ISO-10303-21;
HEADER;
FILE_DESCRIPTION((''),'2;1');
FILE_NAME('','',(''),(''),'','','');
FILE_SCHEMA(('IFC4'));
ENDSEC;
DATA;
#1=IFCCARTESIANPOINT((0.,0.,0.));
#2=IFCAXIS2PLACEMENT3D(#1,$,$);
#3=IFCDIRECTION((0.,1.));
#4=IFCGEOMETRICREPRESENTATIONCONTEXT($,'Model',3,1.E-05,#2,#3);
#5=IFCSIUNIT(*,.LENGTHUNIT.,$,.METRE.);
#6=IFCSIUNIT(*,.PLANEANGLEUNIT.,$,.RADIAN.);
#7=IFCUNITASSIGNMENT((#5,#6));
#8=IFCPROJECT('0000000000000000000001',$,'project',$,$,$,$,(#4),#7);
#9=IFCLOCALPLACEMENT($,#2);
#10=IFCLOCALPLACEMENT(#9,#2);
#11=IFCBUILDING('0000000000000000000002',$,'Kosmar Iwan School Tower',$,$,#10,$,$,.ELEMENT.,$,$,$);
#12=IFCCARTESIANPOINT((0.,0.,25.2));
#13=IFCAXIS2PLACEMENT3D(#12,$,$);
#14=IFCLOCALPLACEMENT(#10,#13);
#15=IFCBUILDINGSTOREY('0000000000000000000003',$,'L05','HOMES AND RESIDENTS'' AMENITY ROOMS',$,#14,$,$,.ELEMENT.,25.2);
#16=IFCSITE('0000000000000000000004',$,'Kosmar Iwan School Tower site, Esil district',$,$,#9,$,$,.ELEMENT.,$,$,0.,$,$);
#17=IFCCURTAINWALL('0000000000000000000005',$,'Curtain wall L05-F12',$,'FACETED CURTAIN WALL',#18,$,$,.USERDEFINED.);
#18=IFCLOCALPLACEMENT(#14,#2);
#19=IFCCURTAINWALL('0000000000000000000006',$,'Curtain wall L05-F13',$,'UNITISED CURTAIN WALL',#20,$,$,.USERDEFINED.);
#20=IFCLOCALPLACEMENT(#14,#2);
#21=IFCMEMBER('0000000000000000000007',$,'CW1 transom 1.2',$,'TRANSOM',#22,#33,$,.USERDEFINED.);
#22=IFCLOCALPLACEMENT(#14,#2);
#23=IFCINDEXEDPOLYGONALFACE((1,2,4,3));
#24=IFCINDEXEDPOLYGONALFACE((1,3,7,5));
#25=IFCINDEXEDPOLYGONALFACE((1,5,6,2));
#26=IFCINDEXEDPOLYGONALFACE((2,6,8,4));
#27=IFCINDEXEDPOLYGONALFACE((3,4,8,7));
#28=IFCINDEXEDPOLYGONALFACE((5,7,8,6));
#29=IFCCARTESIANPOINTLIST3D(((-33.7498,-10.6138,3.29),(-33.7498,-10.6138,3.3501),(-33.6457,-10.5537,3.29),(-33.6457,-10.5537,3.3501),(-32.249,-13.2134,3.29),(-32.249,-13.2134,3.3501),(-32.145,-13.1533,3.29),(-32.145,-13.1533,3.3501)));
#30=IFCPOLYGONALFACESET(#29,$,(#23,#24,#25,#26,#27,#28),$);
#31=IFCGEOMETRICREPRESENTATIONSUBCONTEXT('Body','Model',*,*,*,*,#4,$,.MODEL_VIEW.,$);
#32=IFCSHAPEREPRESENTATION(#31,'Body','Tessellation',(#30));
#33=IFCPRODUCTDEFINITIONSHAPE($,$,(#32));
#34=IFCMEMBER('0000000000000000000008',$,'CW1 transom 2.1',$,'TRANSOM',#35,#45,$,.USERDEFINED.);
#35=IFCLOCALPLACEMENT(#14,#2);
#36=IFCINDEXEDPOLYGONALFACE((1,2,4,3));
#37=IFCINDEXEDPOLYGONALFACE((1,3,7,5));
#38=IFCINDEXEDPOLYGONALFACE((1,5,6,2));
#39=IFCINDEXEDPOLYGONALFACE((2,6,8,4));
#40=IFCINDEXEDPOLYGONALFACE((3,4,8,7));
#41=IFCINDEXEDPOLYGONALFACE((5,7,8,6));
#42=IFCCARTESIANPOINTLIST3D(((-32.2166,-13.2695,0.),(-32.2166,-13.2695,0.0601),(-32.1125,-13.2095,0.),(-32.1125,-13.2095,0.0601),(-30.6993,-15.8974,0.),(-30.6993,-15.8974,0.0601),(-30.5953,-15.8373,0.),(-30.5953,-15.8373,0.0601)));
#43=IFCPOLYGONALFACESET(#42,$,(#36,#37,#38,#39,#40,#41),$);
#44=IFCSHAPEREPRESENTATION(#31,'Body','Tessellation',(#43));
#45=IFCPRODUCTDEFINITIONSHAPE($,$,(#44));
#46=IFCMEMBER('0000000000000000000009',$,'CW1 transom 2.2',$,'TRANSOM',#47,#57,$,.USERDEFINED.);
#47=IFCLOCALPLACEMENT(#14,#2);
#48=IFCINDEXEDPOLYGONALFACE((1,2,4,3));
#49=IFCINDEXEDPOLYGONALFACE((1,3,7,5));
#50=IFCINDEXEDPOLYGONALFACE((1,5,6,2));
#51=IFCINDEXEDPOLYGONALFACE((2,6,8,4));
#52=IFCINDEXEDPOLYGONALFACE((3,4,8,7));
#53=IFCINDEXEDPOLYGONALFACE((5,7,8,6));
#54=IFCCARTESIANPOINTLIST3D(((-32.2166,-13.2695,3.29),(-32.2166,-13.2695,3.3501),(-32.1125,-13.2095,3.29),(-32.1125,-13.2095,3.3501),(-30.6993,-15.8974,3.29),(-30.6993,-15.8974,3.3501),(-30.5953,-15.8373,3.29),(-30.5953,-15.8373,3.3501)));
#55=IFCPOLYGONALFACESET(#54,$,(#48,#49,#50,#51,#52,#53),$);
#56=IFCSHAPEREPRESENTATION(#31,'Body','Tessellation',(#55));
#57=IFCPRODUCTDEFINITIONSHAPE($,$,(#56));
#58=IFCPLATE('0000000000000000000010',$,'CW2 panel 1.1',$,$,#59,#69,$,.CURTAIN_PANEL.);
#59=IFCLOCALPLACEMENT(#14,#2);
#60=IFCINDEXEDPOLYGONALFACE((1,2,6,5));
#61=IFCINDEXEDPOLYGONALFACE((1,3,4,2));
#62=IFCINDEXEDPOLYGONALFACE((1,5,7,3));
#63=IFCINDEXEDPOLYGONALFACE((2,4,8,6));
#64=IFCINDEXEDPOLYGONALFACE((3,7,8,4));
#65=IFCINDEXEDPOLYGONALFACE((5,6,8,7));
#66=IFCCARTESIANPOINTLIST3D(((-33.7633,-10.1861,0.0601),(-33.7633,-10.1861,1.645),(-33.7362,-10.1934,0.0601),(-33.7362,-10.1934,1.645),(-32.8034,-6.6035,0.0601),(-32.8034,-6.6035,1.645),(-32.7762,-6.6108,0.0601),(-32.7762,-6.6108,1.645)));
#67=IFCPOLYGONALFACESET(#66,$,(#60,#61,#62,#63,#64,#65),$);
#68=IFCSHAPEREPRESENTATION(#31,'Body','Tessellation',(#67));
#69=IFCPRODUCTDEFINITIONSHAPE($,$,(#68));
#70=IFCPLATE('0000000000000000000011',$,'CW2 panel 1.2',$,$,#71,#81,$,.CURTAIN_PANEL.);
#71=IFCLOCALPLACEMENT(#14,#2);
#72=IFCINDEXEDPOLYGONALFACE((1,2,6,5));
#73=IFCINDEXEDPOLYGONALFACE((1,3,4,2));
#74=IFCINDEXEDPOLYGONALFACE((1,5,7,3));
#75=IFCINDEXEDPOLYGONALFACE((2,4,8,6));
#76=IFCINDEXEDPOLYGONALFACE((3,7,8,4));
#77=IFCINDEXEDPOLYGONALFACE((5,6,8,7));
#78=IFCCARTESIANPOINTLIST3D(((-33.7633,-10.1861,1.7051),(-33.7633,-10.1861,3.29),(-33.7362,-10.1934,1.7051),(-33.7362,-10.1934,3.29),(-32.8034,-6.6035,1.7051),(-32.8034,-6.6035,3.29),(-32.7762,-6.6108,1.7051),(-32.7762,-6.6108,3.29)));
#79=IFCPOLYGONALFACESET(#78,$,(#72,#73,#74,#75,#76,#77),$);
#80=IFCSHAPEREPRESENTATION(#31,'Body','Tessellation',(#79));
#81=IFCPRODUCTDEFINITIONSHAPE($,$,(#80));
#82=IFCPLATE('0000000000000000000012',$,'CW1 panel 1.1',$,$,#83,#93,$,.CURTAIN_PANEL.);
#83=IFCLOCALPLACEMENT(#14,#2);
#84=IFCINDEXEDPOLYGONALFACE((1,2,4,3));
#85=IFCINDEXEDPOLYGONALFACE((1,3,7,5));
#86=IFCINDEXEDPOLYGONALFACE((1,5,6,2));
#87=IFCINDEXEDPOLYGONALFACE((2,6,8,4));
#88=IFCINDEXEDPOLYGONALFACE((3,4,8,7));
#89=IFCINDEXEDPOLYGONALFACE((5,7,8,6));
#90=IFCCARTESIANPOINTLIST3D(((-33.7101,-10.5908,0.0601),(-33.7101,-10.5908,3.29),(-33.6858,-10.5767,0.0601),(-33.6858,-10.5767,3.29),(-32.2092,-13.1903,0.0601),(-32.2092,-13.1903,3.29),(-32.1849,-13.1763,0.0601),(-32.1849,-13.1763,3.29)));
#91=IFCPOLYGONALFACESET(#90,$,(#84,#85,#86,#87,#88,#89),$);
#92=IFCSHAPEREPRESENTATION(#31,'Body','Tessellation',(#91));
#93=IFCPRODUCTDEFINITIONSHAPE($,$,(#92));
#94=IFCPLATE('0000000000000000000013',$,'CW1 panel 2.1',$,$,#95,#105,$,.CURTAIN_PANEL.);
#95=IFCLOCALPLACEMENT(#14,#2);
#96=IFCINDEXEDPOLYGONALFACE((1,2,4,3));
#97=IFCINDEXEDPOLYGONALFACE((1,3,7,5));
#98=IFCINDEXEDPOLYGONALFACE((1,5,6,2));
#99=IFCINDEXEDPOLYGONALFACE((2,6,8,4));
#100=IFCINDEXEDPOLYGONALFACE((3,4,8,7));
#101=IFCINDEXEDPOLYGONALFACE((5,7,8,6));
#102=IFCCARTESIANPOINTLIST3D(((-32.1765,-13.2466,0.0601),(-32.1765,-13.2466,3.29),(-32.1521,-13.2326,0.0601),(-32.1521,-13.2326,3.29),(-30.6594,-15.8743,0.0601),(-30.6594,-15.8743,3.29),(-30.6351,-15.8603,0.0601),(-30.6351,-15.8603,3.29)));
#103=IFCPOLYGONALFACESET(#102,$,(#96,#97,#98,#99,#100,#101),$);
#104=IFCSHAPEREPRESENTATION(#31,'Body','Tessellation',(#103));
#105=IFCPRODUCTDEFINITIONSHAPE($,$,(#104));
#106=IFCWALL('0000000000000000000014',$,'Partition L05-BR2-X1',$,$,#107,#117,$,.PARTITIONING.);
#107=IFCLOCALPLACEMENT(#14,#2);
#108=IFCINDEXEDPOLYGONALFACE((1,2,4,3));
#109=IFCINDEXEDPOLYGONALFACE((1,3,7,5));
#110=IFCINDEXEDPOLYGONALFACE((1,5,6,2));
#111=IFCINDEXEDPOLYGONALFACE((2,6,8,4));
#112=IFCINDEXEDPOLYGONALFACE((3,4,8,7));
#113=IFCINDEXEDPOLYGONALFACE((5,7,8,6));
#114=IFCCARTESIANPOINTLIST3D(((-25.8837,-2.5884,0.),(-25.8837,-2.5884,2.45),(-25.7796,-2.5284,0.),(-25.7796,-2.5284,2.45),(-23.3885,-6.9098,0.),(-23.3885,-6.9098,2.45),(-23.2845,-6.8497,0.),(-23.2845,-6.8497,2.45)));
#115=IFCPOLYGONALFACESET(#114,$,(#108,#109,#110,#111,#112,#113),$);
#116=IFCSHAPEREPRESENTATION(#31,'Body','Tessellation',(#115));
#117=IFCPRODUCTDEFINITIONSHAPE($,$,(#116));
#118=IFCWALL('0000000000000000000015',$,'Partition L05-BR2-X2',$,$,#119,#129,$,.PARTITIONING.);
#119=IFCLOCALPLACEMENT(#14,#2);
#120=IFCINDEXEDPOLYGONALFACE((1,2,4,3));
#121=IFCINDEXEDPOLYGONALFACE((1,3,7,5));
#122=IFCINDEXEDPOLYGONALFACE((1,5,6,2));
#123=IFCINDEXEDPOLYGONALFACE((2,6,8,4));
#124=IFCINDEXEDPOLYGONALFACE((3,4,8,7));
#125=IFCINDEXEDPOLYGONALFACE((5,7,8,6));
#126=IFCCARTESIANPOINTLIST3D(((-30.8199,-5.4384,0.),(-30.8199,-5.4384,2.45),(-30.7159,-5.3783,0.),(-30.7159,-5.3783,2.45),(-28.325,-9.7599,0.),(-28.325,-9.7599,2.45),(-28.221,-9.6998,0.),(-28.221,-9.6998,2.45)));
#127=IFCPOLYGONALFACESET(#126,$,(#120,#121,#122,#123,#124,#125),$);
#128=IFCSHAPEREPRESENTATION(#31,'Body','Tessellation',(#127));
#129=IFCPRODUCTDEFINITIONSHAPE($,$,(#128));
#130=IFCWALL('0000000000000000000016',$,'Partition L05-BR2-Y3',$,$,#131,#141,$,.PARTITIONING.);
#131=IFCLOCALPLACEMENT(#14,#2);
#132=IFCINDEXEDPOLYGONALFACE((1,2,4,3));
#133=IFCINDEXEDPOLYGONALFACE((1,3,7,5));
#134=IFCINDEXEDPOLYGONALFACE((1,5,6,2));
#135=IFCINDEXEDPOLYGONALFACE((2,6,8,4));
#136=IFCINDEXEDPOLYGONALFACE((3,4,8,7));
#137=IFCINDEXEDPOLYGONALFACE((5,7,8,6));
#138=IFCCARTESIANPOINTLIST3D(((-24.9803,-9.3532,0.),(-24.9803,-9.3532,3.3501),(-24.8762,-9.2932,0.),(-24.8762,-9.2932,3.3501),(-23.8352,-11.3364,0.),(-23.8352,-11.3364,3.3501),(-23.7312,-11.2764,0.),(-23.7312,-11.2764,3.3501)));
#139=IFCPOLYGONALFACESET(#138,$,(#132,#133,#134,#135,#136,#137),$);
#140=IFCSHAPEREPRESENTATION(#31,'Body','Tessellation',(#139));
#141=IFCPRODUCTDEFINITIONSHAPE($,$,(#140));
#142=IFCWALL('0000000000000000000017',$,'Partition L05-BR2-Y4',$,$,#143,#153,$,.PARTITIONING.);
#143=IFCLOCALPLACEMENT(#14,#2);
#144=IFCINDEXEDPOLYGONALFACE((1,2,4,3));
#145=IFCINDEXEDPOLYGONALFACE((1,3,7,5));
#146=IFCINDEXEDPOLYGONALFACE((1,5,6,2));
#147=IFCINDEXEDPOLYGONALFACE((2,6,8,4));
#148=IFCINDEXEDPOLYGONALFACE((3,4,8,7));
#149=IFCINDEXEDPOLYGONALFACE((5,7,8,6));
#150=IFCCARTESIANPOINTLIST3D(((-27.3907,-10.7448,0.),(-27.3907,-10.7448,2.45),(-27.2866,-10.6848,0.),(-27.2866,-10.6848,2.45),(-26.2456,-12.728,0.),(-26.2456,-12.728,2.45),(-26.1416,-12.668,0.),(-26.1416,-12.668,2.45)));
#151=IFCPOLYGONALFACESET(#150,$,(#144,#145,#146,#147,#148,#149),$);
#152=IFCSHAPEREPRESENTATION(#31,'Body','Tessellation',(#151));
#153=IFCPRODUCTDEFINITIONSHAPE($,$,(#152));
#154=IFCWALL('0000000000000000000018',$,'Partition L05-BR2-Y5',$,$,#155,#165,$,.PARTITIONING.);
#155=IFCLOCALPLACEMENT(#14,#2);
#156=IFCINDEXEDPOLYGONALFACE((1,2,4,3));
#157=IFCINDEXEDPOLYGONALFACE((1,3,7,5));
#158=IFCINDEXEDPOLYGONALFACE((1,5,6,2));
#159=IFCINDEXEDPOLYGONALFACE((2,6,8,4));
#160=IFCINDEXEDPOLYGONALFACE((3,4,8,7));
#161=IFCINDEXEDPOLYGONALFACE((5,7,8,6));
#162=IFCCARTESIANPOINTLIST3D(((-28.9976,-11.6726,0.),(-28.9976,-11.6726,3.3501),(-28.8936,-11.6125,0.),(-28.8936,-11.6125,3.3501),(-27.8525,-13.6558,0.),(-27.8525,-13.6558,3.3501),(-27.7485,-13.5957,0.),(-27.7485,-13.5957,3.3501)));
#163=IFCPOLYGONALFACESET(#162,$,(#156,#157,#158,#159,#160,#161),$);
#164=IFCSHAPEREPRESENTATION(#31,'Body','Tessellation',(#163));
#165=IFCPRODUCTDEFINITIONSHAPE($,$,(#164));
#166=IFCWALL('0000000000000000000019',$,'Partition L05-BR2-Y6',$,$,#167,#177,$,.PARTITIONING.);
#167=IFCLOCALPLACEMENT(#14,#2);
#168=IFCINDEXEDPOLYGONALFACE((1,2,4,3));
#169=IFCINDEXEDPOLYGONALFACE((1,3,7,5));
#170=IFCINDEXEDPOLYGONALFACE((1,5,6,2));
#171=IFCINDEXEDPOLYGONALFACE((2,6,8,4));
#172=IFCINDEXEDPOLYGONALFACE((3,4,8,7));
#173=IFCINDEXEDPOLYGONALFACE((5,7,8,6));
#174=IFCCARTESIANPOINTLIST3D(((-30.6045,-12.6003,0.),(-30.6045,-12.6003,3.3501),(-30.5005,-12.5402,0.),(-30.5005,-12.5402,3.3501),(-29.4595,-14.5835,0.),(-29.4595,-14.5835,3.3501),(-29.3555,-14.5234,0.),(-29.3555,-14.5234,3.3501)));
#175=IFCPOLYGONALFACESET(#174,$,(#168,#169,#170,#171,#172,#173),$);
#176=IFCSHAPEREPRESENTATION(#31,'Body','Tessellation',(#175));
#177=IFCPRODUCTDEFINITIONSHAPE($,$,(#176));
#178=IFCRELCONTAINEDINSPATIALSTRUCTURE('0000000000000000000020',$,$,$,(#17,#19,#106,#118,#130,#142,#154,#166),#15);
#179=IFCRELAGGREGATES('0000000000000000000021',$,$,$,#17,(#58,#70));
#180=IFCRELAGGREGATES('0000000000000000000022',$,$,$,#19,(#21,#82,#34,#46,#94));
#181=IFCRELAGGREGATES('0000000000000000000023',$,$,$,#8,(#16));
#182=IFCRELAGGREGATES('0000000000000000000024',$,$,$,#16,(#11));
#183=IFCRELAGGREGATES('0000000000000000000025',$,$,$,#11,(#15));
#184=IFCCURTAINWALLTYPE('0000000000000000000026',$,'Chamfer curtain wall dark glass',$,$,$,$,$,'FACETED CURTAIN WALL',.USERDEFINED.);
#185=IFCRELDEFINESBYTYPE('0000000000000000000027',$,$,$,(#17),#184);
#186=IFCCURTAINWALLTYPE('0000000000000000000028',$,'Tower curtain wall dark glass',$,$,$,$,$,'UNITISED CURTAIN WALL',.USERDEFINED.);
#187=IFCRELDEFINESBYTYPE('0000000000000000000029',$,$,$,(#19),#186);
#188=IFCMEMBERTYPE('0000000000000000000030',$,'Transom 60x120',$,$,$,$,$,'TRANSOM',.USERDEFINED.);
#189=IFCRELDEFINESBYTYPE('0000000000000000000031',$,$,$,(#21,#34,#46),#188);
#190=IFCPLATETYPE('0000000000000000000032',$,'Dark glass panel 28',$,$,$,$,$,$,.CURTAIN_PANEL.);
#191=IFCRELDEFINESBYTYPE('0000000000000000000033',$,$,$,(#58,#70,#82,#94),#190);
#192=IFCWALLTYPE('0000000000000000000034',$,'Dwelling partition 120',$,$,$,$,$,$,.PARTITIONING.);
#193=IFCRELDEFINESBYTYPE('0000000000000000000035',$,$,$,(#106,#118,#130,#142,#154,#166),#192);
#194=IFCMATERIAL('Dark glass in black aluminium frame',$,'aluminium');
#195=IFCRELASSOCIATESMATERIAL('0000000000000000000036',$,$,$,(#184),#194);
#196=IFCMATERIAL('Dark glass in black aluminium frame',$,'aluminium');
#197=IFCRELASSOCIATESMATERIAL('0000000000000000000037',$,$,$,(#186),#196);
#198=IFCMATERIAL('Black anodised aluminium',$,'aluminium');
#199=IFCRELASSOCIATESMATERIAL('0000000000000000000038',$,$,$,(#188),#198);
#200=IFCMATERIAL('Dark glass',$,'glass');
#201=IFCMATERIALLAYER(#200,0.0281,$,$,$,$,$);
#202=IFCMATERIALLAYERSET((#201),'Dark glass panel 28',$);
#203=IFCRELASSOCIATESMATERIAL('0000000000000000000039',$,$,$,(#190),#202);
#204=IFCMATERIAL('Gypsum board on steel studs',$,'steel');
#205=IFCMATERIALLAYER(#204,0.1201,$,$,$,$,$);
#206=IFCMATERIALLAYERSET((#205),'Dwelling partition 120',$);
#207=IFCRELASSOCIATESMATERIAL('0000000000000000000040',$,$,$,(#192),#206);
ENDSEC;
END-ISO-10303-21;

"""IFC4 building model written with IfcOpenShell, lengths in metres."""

from ifc_helpers import new_model, si_unit, direction, frame, frame_2d, origin, origin_2d, place, context, subcontext, project, spatial, rectangle, extrude, material, layer, layer_set, material_profile, profile_set, type_object, element, aggregate, save


model = new_model("IFC4")

# Units and contexts
model_context = context("Model", 3, precision=1e-05, world=origin(), true_north=direction((0.0, 1.0)))
body_context = subcontext(model_context, "Body", "Model", "MODEL_VIEW")
ifc_project = project(units=[si_unit("LENGTHUNIT", "METRE"), si_unit("PLANEANGLEUNIT", "RADIAN")], contexts=[model_context])

# Site, building, storey
site_placement = place(None, origin())
site = spatial("IfcSite", under=ifc_project, at=site_placement, Name="Kosmar Iwan School Tower site, Esil district", CompositionType="ELEMENT", RefElevation=0.0)
building_placement = place(site_placement, origin())
building = spatial("IfcBuilding", under=site, at=building_placement, Name="Kosmar Iwan School Tower", CompositionType="ELEMENT")
storey_placement = place(building_placement, frame((0.0, 0.0, 25.2)))
storey = spatial("IfcBuildingStorey", under=building, at=storey_placement, Name="L05", Description="HOMES AND RESIDENTS' AMENITY ROOMS", CompositionType="ELEMENT", Elevation=25.2)

# Curtain walls
ifc_material_1 = material(Name="Dark glass in black aluminium frame", Category="aluminium")
curtain_wall_type_1 = type_object("IfcCurtainWallType", Name="Chamfer curtain wall dark glass", ElementType="FACETED CURTAIN WALL", PredefinedType="USERDEFINED", material=ifc_material_1)
curtain_wall_1_placement = place(storey_placement, origin())
curtain_wall_1 = element("IfcCurtainWall", 1, at=curtain_wall_1_placement, inside=storey, type_object=curtain_wall_type_1, Name="Curtain wall L05-F12", ObjectType="FACETED CURTAIN WALL", PredefinedType="USERDEFINED")
ifc_material_2 = material(Name="Dark glass in black aluminium frame", Category="aluminium")
curtain_wall_type_2 = type_object("IfcCurtainWallType", Name="Tower curtain wall dark glass", ElementType="UNITISED CURTAIN WALL", PredefinedType="USERDEFINED", material=ifc_material_2)
curtain_wall_2_placement = place(storey_placement, origin())
curtain_wall_2 = element("IfcCurtainWall", 2, at=curtain_wall_2_placement, inside=storey, type_object=curtain_wall_type_2, Name="Curtain wall L05-F13", ObjectType="UNITISED CURTAIN WALL", PredefinedType="USERDEFINED")

# Members
ifc_material_3 = material(Name="Black anodised aluminium", Category="aluminium")
ifc_material_profile_1 = material_profile(ifc_material_3, rectangle(XDim=0.1201, YDim=0.0601, at=origin_2d()), Name="TRANSOM 60x120")
ifc_profile_set_1 = profile_set([ifc_material_profile_1], Name="Black anodised aluminium")
member_type_1 = type_object("IfcMemberType", Name="Transom 60x120", ElementType="TRANSOM", PredefinedType="USERDEFINED", material=ifc_profile_set_1)
member_1_placement = place(storey_placement, frame((-33.6978, -10.5837, 3.3201), z_axis=(0.499962, -0.866047, 0.0), x_axis=(0.866047, 0.499962, 0.0)))
member_1 = element("IfcMember", 3, at=member_1_placement, type_object=member_type_1, Name="CW1 transom 1.2", ObjectType="TRANSOM", PredefinedType="USERDEFINED", context=body_context, shape_type="SweptSolid", body=[
    extrude(rectangle(XDim=0.1201, YDim=0.0601, at=origin_2d()), origin(), (0.0, 0.0, 1.0), 3.0017),
])
member_2_placement = place(storey_placement, frame((-32.1646, -13.2395, 0.03), z_axis=(0.500024, -0.866011, 0.0), x_axis=(0.866011, 0.500024, 0.0)))
member_2 = element("IfcMember", 4, at=member_2_placement, type_object=member_type_1, Name="CW1 transom 2.1", ObjectType="TRANSOM", PredefinedType="USERDEFINED", context=body_context, shape_type="SweptSolid", body=[
    extrude(rectangle(XDim=0.1201, YDim=0.0601, at=origin_2d()), origin(), (0.0, 0.0, 1.0), 3.0344),
])
member_3_placement = place(storey_placement, frame((-32.1646, -13.2395, 3.3201), z_axis=(0.500024, -0.866011, 0.0), x_axis=(0.866011, 0.500024, 0.0)))
member_3 = element("IfcMember", 5, at=member_3_placement, type_object=member_type_1, Name="CW1 transom 2.2", ObjectType="TRANSOM", PredefinedType="USERDEFINED", context=body_context, shape_type="SweptSolid", body=[
    extrude(rectangle(XDim=0.1201, YDim=0.0601, at=origin_2d()), origin(), (0.0, 0.0, 1.0), 3.0344),
])

# Plates
ifc_material_4 = material(Name="Dark glass", Category="glass")
ifc_layer_1 = layer(ifc_material_4, 0.0281)
ifc_layer_set_1 = layer_set([ifc_layer_1], Name="Dark glass panel 28")
plate_type = type_object("IfcPlateType", Name="Dark glass panel 28", PredefinedType="CURTAIN_PANEL", material=ifc_layer_set_1)
plate_1_placement = place(storey_placement, frame((-33.2698, -8.3984, 0.0601), z_axis=(0.0, 0.0, 1.0), x_axis=(-0.258819, -0.965926, 0.0)))
plate_1 = element("IfcPlate", 6, at=plate_1_placement, type_object=plate_type, Name="CW2 panel 1.1", PredefinedType="CURTAIN_PANEL", context=body_context, shape_type="SweptSolid", body=[
    extrude(rectangle(XDim=3.709, YDim=0.0281, at=origin_2d()), origin(), (0.0, 0.0, 1.0), 1.585),
])
plate_2_placement = place(storey_placement, frame((-33.2698, -8.3984, 1.7051), z_axis=(0.0, 0.0, 1.0), x_axis=(-0.258819, -0.965926, 0.0)))
plate_2 = element("IfcPlate", 7, at=plate_2_placement, type_object=plate_type, Name="CW2 panel 1.2", PredefinedType="CURTAIN_PANEL", context=body_context, shape_type="SweptSolid", body=[
    extrude(rectangle(XDim=3.709, YDim=0.0281, at=origin_2d()), origin(), (0.0, 0.0, 1.0), 1.585),
])
aggregate(curtain_wall_1, [plate_1, plate_2])
plate_3_placement = place(storey_placement, frame((-32.9475, -11.8835, 0.0601), z_axis=(0.0, 0.0, 1.0), x_axis=(0.5, -0.866025, 0.0)))
plate_3 = element("IfcPlate", 8, at=plate_3_placement, type_object=plate_type, Name="CW1 panel 1.1", PredefinedType="CURTAIN_PANEL", context=body_context, shape_type="SweptSolid", body=[
    extrude(rectangle(XDim=3.0017, YDim=0.0281, at=origin_2d()), origin(), (0.0, 0.0, 1.0), 3.23),
])
plate_4_placement = place(storey_placement, frame((-31.4058, -14.5535, 0.0601), z_axis=(0.0, 0.0, 1.0), x_axis=(0.5, -0.866025, 0.0)))
plate_4 = element("IfcPlate", 9, at=plate_4_placement, type_object=plate_type, Name="CW1 panel 2.1", PredefinedType="CURTAIN_PANEL", context=body_context, shape_type="SweptSolid", body=[
    extrude(rectangle(XDim=3.0342, YDim=0.0281, at=origin_2d()), origin(), (0.0, 0.0, 1.0), 3.23),
])
aggregate(curtain_wall_2, [member_1, plate_3, member_2, member_3, plate_4])

# Walls
ifc_material_5 = material(Name="Gypsum board on steel studs", Category="steel")
ifc_layer_2 = layer(ifc_material_5, 0.1201)
ifc_layer_set_2 = layer_set([ifc_layer_2], Name="Dwelling partition 120")
wall_type = type_object("IfcWallType", Name="Dwelling partition 120", PredefinedType="PARTITIONING", material=ifc_layer_set_2)
for number, where, z_axis, x_axis, name in (
    (10, (-23.3364, -6.8799, 0.0), (0.0, 0.0, 1.0), (-0.500033, 0.866006, 0.0), "Partition L05-BR2-X1"),
    (11, (-28.2729, -9.73, 0.0), (0.0, 0.0, 1.0), (-0.499975, 0.86604, 0.0), "Partition L05-BR2-X2"),
):
    element("IfcWall", number, at=place(storey_placement, frame(where, z_axis=z_axis, x_axis=x_axis)), inside=storey, type_object=wall_type, Name=name, PredefinedType="PARTITIONING", context=body_context, shape_type="SweptSolid", body=[
        extrude(rectangle(XDim=4.99, YDim=0.1201, at=frame_2d((2.4951, 0.0))), origin(), (0.0, 0.0, 1.0), 2.45),
    ])
wall_1_placement = place(storey_placement, frame((-23.7832, -11.3064, 0.0), z_axis=(0.0, 0.0, 1.0), x_axis=(-0.500015, 0.866017, 0.0)))
element("IfcWall", 12, at=wall_1_placement, inside=storey, type_object=wall_type, Name="Partition L05-BR2-Y3", PredefinedType="PARTITIONING", context=body_context, shape_type="SweptSolid", body=[
    extrude(rectangle(XDim=2.29, YDim=0.1201, at=frame_2d((1.145, 0.0))), origin(), (0.0, 0.0, 1.0), 3.3501),
])
wall_2_placement = place(storey_placement, frame((-26.1936, -12.698, 0.0), z_axis=(0.0, 0.0, 1.0), x_axis=(-0.500015, 0.866017, 0.0)))
element("IfcWall", 13, at=wall_2_placement, inside=storey, type_object=wall_type, Name="Partition L05-BR2-Y4", PredefinedType="PARTITIONING", context=body_context, shape_type="SweptSolid", body=[
    extrude(rectangle(XDim=2.29, YDim=0.1201, at=frame_2d((1.145, 0.0))), origin(), (0.0, 0.0, 1.0), 2.45),
])
for number, where, z_axis, x_axis, name in (
    (14, (-27.8005, -13.6257, 0.0), (0.0, 0.0, 1.0), (-0.500015, 0.866017, 0.0), "Partition L05-BR2-Y5"),
    (15, (-29.4075, -14.5535, 0.0), (0.0, 0.0, 1.0), (-0.500015, 0.866017, 0.0), "Partition L05-BR2-Y6"),
):
    element("IfcWall", number, at=place(storey_placement, frame(where, z_axis=z_axis, x_axis=x_axis)), inside=storey, type_object=wall_type, Name=name, PredefinedType="PARTITIONING", context=body_context, shape_type="SweptSolid", body=[
        extrude(rectangle(XDim=2.29, YDim=0.1201, at=frame_2d((1.145, 0.0))), origin(), (0.0, 0.0, 1.0), 3.3501),
    ])

save(model, "model.ifc")
